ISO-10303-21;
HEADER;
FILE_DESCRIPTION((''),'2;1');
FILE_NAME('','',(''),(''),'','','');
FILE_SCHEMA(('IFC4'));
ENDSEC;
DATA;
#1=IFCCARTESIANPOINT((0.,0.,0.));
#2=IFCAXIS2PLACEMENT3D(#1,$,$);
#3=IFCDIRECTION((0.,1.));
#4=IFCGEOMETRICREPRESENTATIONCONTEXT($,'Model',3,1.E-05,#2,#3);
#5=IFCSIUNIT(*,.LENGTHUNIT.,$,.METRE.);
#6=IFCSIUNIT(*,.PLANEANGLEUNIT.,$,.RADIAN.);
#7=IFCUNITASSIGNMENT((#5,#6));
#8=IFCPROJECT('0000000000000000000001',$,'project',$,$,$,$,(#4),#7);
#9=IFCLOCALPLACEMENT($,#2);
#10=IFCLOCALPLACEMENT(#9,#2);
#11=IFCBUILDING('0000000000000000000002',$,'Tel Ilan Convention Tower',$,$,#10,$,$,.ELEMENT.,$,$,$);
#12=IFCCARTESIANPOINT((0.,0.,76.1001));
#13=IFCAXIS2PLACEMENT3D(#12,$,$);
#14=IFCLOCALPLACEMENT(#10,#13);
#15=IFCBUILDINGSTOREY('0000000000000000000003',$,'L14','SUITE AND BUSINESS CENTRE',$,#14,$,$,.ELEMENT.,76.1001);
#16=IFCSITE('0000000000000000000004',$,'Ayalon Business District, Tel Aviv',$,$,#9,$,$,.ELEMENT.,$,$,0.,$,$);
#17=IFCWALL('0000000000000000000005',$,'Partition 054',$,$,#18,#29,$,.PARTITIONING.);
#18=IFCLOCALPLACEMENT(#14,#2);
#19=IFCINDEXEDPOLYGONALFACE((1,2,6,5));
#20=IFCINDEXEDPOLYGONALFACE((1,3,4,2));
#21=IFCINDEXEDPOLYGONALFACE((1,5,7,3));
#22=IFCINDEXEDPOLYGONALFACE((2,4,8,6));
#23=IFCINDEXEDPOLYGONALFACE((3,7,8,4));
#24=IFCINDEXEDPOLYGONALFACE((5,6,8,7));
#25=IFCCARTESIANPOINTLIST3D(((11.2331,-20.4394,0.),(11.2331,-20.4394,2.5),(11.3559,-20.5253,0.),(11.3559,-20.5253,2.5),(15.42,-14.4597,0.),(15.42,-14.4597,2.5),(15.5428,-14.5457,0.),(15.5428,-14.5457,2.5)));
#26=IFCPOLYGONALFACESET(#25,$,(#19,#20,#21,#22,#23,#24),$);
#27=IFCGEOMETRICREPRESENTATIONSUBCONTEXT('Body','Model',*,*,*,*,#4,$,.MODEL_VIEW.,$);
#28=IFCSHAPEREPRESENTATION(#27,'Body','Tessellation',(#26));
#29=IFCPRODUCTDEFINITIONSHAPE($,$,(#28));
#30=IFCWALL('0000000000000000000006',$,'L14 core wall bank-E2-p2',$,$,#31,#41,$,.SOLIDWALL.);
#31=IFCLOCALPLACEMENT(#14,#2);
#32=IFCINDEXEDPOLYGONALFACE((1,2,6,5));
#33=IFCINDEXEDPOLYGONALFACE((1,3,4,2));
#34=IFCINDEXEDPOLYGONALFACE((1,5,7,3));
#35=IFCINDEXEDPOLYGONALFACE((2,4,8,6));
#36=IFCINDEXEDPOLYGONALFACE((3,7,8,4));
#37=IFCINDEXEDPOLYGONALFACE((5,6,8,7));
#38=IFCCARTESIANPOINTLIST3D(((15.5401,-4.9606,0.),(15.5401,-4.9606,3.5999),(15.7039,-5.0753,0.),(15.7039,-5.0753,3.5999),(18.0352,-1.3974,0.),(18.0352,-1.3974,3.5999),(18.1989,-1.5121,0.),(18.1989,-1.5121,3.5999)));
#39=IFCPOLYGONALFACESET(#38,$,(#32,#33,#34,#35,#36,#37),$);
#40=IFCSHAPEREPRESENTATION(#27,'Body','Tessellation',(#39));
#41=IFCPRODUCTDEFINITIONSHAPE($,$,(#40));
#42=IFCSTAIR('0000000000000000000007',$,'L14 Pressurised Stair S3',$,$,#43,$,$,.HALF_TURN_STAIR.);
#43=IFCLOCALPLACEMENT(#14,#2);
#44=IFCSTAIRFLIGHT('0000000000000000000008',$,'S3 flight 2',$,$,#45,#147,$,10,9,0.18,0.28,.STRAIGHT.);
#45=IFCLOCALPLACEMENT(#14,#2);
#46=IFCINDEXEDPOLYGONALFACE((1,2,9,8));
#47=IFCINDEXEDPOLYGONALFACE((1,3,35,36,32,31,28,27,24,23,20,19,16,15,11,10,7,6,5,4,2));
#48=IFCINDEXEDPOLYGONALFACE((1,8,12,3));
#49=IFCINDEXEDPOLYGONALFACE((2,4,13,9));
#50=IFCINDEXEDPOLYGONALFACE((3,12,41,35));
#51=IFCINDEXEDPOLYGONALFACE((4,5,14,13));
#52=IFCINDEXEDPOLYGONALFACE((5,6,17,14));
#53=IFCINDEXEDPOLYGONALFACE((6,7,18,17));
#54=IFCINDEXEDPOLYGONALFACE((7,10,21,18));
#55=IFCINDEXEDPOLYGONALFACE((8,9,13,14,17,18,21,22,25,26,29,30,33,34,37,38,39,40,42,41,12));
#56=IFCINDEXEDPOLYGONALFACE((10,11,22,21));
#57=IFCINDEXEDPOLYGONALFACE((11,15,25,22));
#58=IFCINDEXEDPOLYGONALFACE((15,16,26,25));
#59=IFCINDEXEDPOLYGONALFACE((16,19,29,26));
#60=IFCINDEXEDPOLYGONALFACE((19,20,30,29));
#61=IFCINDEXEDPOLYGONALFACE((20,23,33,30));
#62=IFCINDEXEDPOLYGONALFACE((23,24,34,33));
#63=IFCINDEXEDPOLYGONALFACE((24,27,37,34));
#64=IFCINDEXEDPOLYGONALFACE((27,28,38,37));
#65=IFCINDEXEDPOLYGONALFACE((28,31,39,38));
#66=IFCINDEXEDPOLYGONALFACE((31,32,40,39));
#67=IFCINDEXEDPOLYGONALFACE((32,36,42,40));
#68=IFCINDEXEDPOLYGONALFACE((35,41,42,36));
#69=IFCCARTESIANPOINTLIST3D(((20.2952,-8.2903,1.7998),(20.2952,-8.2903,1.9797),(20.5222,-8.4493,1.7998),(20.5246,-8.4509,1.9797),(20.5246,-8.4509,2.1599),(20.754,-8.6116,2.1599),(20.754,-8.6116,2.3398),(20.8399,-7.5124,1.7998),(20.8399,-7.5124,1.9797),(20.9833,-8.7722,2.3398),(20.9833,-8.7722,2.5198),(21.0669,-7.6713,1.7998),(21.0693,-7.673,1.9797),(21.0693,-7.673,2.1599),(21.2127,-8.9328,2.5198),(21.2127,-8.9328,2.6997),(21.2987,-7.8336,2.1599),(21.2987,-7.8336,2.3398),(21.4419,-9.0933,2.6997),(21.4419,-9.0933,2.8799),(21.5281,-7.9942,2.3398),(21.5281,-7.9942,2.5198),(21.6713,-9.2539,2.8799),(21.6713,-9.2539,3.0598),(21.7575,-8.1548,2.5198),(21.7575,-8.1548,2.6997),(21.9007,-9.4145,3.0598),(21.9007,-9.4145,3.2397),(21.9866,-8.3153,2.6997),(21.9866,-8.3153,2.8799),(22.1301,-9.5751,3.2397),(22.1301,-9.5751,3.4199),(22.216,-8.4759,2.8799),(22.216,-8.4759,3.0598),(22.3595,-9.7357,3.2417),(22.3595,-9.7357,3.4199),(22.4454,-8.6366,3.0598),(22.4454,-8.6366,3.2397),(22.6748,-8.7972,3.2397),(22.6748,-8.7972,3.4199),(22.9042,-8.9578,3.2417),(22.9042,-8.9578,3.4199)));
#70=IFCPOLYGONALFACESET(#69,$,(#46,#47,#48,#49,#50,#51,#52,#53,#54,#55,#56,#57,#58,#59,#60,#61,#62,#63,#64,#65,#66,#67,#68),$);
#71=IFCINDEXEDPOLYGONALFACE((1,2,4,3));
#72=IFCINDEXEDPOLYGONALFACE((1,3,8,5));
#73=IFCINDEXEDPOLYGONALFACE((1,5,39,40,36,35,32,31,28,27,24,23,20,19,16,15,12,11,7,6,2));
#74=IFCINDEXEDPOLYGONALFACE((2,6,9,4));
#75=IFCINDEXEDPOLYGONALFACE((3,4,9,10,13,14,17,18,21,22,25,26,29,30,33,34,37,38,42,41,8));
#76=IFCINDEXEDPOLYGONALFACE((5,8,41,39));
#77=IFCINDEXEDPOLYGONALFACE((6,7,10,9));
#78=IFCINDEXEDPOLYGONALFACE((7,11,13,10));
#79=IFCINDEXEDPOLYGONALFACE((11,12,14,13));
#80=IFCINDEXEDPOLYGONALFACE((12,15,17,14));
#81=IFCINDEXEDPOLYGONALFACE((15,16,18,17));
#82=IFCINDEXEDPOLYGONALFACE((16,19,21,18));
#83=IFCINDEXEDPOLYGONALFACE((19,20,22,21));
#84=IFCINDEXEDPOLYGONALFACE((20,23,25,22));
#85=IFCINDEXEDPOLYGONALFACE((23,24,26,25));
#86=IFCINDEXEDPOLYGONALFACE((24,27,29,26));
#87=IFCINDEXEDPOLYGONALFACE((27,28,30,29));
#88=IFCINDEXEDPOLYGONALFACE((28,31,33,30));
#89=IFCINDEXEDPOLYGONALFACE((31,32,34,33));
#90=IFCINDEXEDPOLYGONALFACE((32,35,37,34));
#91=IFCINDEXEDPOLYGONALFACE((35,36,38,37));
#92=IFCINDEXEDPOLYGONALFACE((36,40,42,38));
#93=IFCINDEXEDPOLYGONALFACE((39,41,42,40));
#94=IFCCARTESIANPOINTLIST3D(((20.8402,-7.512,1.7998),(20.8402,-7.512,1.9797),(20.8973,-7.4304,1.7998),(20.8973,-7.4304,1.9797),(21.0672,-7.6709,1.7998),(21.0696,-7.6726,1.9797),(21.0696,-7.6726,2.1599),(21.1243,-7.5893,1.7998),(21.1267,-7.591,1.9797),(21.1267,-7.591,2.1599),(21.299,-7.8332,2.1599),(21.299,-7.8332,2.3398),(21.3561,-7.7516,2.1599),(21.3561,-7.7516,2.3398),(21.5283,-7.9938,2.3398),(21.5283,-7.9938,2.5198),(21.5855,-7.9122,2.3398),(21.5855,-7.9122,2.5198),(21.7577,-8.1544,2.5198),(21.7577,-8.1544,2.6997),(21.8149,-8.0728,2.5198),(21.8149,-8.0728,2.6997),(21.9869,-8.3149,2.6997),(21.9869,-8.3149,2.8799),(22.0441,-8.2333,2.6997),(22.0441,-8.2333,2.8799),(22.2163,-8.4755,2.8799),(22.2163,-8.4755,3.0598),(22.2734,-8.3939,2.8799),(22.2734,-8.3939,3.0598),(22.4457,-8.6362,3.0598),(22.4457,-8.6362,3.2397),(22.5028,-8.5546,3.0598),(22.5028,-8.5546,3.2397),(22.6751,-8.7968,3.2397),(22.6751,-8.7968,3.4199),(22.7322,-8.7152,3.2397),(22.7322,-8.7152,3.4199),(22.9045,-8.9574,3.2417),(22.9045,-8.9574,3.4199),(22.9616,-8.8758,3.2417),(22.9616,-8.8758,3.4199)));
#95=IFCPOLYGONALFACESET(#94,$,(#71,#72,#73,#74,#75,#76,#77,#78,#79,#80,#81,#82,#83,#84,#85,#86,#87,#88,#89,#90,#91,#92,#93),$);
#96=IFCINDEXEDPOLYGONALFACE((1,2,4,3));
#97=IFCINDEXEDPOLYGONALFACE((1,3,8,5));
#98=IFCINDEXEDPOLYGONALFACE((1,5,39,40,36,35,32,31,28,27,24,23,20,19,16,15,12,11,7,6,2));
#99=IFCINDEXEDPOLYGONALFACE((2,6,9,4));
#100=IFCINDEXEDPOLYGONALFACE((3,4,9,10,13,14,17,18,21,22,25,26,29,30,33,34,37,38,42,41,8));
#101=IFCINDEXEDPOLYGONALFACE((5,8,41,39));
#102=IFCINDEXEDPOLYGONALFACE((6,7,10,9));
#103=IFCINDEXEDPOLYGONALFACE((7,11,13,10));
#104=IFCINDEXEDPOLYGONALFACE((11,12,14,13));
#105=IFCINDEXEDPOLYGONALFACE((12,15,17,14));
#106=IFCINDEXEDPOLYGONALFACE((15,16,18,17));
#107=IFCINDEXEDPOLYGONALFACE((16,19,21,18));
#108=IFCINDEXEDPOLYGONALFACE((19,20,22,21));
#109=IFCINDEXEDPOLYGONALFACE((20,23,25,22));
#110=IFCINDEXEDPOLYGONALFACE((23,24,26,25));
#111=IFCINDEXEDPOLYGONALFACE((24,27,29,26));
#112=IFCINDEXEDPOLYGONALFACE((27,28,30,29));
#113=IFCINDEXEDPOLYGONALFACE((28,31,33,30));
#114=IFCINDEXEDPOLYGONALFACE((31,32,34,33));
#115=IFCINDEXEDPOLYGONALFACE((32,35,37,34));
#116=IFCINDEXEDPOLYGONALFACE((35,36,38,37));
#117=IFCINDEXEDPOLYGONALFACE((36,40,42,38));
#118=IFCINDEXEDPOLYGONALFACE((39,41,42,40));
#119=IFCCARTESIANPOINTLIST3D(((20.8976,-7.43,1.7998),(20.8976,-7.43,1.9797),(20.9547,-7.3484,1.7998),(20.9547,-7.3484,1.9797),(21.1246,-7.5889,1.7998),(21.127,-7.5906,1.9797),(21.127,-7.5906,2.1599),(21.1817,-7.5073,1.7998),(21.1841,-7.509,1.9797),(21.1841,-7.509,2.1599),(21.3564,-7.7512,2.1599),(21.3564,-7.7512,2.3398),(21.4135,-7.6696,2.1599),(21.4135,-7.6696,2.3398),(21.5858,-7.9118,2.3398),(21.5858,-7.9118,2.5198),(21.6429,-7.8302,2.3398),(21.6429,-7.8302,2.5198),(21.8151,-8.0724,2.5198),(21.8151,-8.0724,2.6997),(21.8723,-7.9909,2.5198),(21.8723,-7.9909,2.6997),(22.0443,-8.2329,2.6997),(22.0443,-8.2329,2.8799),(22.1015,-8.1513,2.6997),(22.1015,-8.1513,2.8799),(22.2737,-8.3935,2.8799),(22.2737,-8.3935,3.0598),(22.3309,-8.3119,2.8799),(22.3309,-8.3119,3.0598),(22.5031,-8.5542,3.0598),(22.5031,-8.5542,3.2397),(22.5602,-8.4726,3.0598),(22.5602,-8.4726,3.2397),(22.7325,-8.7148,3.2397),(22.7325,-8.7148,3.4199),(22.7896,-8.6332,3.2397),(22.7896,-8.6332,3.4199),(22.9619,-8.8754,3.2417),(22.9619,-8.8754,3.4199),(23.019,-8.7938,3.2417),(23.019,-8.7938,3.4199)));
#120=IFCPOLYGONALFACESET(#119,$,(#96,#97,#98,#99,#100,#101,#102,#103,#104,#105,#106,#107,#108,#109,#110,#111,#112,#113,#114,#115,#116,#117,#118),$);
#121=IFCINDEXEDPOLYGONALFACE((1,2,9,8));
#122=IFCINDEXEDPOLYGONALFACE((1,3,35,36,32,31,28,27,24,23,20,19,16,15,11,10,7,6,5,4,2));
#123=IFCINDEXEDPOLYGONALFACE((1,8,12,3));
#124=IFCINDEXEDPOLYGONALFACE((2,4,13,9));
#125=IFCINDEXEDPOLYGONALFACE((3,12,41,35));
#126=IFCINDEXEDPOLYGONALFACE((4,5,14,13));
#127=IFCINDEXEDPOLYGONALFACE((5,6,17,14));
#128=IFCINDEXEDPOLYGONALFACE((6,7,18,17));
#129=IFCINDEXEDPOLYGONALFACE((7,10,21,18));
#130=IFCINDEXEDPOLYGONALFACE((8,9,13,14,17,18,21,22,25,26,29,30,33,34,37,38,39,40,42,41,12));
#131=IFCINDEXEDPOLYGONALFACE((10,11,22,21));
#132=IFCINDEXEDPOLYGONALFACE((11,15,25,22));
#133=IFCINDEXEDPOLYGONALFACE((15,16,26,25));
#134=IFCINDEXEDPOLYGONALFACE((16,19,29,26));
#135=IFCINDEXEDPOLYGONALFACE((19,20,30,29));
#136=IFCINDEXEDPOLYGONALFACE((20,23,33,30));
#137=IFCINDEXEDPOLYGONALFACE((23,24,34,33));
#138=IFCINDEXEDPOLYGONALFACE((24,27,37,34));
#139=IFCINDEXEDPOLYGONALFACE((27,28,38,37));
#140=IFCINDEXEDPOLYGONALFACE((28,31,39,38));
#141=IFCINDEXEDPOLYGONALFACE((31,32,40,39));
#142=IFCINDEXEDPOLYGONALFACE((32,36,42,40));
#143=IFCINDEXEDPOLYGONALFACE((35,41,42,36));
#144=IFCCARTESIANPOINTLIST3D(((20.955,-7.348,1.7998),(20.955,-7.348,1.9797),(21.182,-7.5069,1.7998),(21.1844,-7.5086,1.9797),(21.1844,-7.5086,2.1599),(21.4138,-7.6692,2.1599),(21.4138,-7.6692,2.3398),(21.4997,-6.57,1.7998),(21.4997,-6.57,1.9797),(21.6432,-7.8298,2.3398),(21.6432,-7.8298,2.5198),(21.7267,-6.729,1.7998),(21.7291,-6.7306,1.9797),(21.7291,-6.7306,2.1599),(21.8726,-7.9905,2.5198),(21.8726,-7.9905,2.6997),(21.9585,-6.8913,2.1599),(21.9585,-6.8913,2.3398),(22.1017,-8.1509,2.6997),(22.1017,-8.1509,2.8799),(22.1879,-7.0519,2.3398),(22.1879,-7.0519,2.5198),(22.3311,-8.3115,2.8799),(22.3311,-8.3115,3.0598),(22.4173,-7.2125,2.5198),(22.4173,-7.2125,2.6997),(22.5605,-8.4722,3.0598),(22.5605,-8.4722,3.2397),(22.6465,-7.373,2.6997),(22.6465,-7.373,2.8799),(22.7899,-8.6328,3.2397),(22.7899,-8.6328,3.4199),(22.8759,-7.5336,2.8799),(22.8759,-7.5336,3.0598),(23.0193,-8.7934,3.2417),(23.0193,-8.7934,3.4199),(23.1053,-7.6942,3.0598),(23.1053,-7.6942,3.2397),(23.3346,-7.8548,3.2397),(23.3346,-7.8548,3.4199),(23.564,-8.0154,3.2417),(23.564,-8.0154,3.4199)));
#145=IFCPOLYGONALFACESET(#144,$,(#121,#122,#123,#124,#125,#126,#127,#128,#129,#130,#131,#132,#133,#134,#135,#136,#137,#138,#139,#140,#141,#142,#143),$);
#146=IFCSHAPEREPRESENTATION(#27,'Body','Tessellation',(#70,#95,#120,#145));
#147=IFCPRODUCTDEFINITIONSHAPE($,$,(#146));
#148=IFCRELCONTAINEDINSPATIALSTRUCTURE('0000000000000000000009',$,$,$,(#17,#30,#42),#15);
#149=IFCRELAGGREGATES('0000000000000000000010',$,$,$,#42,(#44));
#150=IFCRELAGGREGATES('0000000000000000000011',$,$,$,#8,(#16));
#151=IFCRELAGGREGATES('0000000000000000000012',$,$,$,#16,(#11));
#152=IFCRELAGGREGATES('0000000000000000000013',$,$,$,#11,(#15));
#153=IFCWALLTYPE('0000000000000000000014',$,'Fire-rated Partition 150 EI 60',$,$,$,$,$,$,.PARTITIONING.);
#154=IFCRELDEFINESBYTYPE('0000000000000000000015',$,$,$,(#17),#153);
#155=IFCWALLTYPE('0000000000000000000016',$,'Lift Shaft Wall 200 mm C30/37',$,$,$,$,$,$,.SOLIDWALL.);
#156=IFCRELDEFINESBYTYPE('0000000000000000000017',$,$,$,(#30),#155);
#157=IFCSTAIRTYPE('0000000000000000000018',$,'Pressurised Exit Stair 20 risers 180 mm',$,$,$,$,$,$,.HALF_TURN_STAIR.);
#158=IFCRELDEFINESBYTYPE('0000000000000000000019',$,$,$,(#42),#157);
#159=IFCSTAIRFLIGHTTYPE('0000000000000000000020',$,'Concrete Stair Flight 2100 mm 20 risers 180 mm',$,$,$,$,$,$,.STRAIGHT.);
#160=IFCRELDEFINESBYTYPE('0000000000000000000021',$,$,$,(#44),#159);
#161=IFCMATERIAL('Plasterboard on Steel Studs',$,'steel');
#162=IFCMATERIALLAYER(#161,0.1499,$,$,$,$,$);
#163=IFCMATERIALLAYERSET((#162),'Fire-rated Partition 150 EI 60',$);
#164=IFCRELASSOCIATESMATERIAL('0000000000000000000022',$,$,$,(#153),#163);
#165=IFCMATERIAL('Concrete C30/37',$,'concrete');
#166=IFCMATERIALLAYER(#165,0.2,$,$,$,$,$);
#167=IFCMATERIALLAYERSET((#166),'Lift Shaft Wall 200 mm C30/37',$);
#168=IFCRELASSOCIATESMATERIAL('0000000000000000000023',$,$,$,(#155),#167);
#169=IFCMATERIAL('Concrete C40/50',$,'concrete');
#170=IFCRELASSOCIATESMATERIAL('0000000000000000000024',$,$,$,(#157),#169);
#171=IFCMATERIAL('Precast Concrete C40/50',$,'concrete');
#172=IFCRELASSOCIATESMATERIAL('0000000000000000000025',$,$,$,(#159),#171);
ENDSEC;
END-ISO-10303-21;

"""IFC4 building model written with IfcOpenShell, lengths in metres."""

from ifc_helpers import new_model, si_unit, direction, frame, frame_2d, origin, place, context, subcontext, project, spatial, polyline, rectangle, outline, extrude, material, layer, layer_set, type_object, element, aggregate, save


model = new_model("IFC4")

# Units and contexts
model_context = context("Model", 3, precision=1e-05, world=origin(), true_north=direction((0.0, 1.0)))
body_context = subcontext(model_context, "Body", "Model", "MODEL_VIEW")
ifc_project = project(units=[si_unit("LENGTHUNIT", "METRE"), si_unit("PLANEANGLEUNIT", "RADIAN")], contexts=[model_context])

# Site, building, storey
site_placement = place(None, origin())
site = spatial("IfcSite", under=ifc_project, at=site_placement, Name="Ayalon Business District, Tel Aviv", CompositionType="ELEMENT", RefElevation=0.0)
building_placement = place(site_placement, origin())
building = spatial("IfcBuilding", under=site, at=building_placement, Name="Tel Ilan Convention Tower", CompositionType="ELEMENT")
storey_placement = place(building_placement, frame((0.0, 0.0, 76.1001)))
storey = spatial("IfcBuildingStorey", under=building, at=storey_placement, Name="L14", Description="SUITE AND BUSINESS CENTRE", CompositionType="ELEMENT", Elevation=76.1001)

# Shared definitions
ifc_material_1 = material(Name="Plasterboard on Steel Studs", Category="steel")
ifc_layer_1 = layer(ifc_material_1, 0.1499)
ifc_layer_set_1 = layer_set([ifc_layer_1], Name="Fire-rated Partition 150 EI 60")
wall_type_1 = type_object("IfcWallType", Name="Fire-rated Partition 150 EI 60", PredefinedType="PARTITIONING", material=ifc_layer_set_1)

# Walls
wall_1_placement = place(storey_placement, frame((15.4814, -14.5027, 0.0), z_axis=(0.0, 0.0, 1.0), x_axis=(-0.573572, -0.819155, 0.0)))
element("IfcWall", 1, at=wall_1_placement, inside=storey, type_object=wall_type_1, Name="Partition 054", PredefinedType="PARTITIONING", context=body_context, shape_type="SweptSolid", body=[
    extrude(rectangle(XDim=7.2998, YDim=0.1499, at=frame_2d((3.6499, 0.0))), origin(), (0.0, 0.0, 1.0), 2.5),
])
ifc_material_2 = material(Name="Concrete C30/37", Category="concrete")
ifc_layer_2 = layer(ifc_material_2, 0.2)
ifc_layer_set_2 = layer_set([ifc_layer_2], Name="Lift Shaft Wall 200 mm C30/37")
wall_type_2 = type_object("IfcWallType", Name="Lift Shaft Wall 200 mm C30/37", PredefinedType="SOLIDWALL", material=ifc_layer_set_2)
wall_2_placement = place(storey_placement, frame((15.6221, -5.0178, 0.0), z_axis=(0.0, 0.0, 1.0), x_axis=(0.573594, 0.81914, 0.0)))
element("IfcWall", 2, at=wall_2_placement, inside=storey, type_object=wall_type_2, Name="L14 core wall bank-E2-p2", PredefinedType="SOLIDWALL", context=body_context, shape_type="SweptSolid", body=[
    extrude(rectangle(XDim=4.3499, YDim=0.2, at=frame_2d((2.1748, 0.0))), origin(), (0.0, 0.0, 1.0), 3.5999),
])

# Stair, stair flight
ifc_material_3 = material(Name="Concrete C40/50", Category="concrete")
stair_type = type_object("IfcStairType", Name="Pressurised Exit Stair 20 risers 180 mm", PredefinedType="HALF_TURN_STAIR", material=ifc_material_3)
stair_1_placement = place(storey_placement, origin())
stair_1 = element("IfcStair", 3, at=stair_1_placement, inside=storey, type_object=stair_type, Name="L14 Pressurised Stair S3", PredefinedType="HALF_TURN_STAIR")
ifc_material_4 = material(Name="Precast Concrete C40/50", Category="concrete")
stair_flight_type = type_object("IfcStairFlightType", Name="Concrete Stair Flight 2100 mm 20 risers 180 mm", PredefinedType="STRAIGHT", material=ifc_material_4)
stair_flight_1_placement = place(storey_placement, frame((20.8975, -7.4302, 1.7998), z_axis=(0.0, 0.0, 1.0), x_axis=(0.819152, -0.573576, 0.0)))
stair_flight_1 = element("IfcStairFlight", 4, at=stair_flight_1_placement, type_object=stair_flight_type, Name="S3 flight 2", NumberOfRisers=10, NumberOfTreads=9, PredefinedType="STRAIGHT", RiserHeight=0.18, TreadLength=0.28, context=body_context, shape_type="SweptSolid", body=[
    extrude(outline(polyline([(0.0, 0.0), (0.0, 0.1799), (0.28, 0.1799), (0.28, 0.3601), (0.5601, 0.3601), (0.5601, 0.54), (0.8401, 0.54), (0.8401, 0.72), (1.1201, 0.72), (1.1201, 0.8999), (1.3999, 0.8999), (1.3999, 1.0801), (1.6799, 1.0801), (1.6799, 1.26), (1.96, 1.26), (1.96, 1.4399), (2.24, 1.4399), (2.24, 1.6201), (2.52, 1.6201), (2.52, 1.8), (2.52, 1.4419), (0.2771, 0.0), (0.0, 0.0)])), frame((0.0, -0.1003, 0.0), z_axis=(0.0, -1.0, 0.0), x_axis=(1.0, 0.0, 0.0)), (0.0, 0.0, 1.0), 0.9497),
    extrude(outline(polyline([(0.0, 0.0), (0.0, 0.1799), (0.28, 0.1799), (0.28, 0.3601), (0.5601, 0.3601), (0.5601, 0.54), (0.8401, 0.54), (0.8401, 0.72), (1.1201, 0.72), (1.1201, 0.8999), (1.3999, 0.8999), (1.3999, 1.0801), (1.6799, 1.0801), (1.6799, 1.26), (1.96, 1.26), (1.96, 1.4399), (2.24, 1.4399), (2.24, 1.6201), (2.52, 1.6201), (2.52, 1.8), (2.52, 1.4419), (0.2771, 0.0), (0.0, 0.0)])), frame((0.0, -0.0002, 0.0), z_axis=(0.0, -1.0, 0.0), x_axis=(1.0, 0.0, 0.0)), (0.0, 0.0, 1.0), 0.0996),
    extrude(outline(polyline([(0.0, 0.0), (0.0, 0.1799), (0.28, 0.1799), (0.28, 0.3601), (0.5601, 0.3601), (0.5601, 0.54), (0.8401, 0.54), (0.8401, 0.72), (1.1201, 0.72), (1.1201, 0.8999), (1.3999, 0.8999), (1.3999, 1.0801), (1.6799, 1.0801), (1.6799, 1.26), (1.96, 1.26), (1.96, 1.4399), (2.24, 1.4399), (2.24, 1.6201), (2.52, 1.6201), (2.52, 1.8), (2.52, 1.4419), (0.2771, 0.0), (0.0, 0.0)])), frame((0.0, 0.0999, 0.0), z_axis=(0.0, -1.0, 0.0), x_axis=(1.0, 0.0, 0.0)), (0.0, 0.0, 1.0), 0.0996),
    extrude(outline(polyline([(0.0, 0.0), (0.0, 0.1799), (0.28, 0.1799), (0.28, 0.3601), (0.5601, 0.3601), (0.5601, 0.54), (0.8401, 0.54), (0.8401, 0.72), (1.1201, 0.72), (1.1201, 0.8999), (1.3999, 0.8999), (1.3999, 1.0801), (1.6799, 1.0801), (1.6799, 1.26), (1.96, 1.26), (1.96, 1.4399), (2.24, 1.4399), (2.24, 1.6201), (2.52, 1.6201), (2.52, 1.8), (2.52, 1.4419), (0.2771, 0.0), (0.0, 0.0)])), frame((0.0, 1.05, 0.0), z_axis=(0.0, -1.0, 0.0), x_axis=(1.0, 0.0, 0.0)), (0.0, 0.0, 1.0), 0.9497),
])
aggregate(stair_1, [stair_flight_1])

save(model, "model.ifc")
